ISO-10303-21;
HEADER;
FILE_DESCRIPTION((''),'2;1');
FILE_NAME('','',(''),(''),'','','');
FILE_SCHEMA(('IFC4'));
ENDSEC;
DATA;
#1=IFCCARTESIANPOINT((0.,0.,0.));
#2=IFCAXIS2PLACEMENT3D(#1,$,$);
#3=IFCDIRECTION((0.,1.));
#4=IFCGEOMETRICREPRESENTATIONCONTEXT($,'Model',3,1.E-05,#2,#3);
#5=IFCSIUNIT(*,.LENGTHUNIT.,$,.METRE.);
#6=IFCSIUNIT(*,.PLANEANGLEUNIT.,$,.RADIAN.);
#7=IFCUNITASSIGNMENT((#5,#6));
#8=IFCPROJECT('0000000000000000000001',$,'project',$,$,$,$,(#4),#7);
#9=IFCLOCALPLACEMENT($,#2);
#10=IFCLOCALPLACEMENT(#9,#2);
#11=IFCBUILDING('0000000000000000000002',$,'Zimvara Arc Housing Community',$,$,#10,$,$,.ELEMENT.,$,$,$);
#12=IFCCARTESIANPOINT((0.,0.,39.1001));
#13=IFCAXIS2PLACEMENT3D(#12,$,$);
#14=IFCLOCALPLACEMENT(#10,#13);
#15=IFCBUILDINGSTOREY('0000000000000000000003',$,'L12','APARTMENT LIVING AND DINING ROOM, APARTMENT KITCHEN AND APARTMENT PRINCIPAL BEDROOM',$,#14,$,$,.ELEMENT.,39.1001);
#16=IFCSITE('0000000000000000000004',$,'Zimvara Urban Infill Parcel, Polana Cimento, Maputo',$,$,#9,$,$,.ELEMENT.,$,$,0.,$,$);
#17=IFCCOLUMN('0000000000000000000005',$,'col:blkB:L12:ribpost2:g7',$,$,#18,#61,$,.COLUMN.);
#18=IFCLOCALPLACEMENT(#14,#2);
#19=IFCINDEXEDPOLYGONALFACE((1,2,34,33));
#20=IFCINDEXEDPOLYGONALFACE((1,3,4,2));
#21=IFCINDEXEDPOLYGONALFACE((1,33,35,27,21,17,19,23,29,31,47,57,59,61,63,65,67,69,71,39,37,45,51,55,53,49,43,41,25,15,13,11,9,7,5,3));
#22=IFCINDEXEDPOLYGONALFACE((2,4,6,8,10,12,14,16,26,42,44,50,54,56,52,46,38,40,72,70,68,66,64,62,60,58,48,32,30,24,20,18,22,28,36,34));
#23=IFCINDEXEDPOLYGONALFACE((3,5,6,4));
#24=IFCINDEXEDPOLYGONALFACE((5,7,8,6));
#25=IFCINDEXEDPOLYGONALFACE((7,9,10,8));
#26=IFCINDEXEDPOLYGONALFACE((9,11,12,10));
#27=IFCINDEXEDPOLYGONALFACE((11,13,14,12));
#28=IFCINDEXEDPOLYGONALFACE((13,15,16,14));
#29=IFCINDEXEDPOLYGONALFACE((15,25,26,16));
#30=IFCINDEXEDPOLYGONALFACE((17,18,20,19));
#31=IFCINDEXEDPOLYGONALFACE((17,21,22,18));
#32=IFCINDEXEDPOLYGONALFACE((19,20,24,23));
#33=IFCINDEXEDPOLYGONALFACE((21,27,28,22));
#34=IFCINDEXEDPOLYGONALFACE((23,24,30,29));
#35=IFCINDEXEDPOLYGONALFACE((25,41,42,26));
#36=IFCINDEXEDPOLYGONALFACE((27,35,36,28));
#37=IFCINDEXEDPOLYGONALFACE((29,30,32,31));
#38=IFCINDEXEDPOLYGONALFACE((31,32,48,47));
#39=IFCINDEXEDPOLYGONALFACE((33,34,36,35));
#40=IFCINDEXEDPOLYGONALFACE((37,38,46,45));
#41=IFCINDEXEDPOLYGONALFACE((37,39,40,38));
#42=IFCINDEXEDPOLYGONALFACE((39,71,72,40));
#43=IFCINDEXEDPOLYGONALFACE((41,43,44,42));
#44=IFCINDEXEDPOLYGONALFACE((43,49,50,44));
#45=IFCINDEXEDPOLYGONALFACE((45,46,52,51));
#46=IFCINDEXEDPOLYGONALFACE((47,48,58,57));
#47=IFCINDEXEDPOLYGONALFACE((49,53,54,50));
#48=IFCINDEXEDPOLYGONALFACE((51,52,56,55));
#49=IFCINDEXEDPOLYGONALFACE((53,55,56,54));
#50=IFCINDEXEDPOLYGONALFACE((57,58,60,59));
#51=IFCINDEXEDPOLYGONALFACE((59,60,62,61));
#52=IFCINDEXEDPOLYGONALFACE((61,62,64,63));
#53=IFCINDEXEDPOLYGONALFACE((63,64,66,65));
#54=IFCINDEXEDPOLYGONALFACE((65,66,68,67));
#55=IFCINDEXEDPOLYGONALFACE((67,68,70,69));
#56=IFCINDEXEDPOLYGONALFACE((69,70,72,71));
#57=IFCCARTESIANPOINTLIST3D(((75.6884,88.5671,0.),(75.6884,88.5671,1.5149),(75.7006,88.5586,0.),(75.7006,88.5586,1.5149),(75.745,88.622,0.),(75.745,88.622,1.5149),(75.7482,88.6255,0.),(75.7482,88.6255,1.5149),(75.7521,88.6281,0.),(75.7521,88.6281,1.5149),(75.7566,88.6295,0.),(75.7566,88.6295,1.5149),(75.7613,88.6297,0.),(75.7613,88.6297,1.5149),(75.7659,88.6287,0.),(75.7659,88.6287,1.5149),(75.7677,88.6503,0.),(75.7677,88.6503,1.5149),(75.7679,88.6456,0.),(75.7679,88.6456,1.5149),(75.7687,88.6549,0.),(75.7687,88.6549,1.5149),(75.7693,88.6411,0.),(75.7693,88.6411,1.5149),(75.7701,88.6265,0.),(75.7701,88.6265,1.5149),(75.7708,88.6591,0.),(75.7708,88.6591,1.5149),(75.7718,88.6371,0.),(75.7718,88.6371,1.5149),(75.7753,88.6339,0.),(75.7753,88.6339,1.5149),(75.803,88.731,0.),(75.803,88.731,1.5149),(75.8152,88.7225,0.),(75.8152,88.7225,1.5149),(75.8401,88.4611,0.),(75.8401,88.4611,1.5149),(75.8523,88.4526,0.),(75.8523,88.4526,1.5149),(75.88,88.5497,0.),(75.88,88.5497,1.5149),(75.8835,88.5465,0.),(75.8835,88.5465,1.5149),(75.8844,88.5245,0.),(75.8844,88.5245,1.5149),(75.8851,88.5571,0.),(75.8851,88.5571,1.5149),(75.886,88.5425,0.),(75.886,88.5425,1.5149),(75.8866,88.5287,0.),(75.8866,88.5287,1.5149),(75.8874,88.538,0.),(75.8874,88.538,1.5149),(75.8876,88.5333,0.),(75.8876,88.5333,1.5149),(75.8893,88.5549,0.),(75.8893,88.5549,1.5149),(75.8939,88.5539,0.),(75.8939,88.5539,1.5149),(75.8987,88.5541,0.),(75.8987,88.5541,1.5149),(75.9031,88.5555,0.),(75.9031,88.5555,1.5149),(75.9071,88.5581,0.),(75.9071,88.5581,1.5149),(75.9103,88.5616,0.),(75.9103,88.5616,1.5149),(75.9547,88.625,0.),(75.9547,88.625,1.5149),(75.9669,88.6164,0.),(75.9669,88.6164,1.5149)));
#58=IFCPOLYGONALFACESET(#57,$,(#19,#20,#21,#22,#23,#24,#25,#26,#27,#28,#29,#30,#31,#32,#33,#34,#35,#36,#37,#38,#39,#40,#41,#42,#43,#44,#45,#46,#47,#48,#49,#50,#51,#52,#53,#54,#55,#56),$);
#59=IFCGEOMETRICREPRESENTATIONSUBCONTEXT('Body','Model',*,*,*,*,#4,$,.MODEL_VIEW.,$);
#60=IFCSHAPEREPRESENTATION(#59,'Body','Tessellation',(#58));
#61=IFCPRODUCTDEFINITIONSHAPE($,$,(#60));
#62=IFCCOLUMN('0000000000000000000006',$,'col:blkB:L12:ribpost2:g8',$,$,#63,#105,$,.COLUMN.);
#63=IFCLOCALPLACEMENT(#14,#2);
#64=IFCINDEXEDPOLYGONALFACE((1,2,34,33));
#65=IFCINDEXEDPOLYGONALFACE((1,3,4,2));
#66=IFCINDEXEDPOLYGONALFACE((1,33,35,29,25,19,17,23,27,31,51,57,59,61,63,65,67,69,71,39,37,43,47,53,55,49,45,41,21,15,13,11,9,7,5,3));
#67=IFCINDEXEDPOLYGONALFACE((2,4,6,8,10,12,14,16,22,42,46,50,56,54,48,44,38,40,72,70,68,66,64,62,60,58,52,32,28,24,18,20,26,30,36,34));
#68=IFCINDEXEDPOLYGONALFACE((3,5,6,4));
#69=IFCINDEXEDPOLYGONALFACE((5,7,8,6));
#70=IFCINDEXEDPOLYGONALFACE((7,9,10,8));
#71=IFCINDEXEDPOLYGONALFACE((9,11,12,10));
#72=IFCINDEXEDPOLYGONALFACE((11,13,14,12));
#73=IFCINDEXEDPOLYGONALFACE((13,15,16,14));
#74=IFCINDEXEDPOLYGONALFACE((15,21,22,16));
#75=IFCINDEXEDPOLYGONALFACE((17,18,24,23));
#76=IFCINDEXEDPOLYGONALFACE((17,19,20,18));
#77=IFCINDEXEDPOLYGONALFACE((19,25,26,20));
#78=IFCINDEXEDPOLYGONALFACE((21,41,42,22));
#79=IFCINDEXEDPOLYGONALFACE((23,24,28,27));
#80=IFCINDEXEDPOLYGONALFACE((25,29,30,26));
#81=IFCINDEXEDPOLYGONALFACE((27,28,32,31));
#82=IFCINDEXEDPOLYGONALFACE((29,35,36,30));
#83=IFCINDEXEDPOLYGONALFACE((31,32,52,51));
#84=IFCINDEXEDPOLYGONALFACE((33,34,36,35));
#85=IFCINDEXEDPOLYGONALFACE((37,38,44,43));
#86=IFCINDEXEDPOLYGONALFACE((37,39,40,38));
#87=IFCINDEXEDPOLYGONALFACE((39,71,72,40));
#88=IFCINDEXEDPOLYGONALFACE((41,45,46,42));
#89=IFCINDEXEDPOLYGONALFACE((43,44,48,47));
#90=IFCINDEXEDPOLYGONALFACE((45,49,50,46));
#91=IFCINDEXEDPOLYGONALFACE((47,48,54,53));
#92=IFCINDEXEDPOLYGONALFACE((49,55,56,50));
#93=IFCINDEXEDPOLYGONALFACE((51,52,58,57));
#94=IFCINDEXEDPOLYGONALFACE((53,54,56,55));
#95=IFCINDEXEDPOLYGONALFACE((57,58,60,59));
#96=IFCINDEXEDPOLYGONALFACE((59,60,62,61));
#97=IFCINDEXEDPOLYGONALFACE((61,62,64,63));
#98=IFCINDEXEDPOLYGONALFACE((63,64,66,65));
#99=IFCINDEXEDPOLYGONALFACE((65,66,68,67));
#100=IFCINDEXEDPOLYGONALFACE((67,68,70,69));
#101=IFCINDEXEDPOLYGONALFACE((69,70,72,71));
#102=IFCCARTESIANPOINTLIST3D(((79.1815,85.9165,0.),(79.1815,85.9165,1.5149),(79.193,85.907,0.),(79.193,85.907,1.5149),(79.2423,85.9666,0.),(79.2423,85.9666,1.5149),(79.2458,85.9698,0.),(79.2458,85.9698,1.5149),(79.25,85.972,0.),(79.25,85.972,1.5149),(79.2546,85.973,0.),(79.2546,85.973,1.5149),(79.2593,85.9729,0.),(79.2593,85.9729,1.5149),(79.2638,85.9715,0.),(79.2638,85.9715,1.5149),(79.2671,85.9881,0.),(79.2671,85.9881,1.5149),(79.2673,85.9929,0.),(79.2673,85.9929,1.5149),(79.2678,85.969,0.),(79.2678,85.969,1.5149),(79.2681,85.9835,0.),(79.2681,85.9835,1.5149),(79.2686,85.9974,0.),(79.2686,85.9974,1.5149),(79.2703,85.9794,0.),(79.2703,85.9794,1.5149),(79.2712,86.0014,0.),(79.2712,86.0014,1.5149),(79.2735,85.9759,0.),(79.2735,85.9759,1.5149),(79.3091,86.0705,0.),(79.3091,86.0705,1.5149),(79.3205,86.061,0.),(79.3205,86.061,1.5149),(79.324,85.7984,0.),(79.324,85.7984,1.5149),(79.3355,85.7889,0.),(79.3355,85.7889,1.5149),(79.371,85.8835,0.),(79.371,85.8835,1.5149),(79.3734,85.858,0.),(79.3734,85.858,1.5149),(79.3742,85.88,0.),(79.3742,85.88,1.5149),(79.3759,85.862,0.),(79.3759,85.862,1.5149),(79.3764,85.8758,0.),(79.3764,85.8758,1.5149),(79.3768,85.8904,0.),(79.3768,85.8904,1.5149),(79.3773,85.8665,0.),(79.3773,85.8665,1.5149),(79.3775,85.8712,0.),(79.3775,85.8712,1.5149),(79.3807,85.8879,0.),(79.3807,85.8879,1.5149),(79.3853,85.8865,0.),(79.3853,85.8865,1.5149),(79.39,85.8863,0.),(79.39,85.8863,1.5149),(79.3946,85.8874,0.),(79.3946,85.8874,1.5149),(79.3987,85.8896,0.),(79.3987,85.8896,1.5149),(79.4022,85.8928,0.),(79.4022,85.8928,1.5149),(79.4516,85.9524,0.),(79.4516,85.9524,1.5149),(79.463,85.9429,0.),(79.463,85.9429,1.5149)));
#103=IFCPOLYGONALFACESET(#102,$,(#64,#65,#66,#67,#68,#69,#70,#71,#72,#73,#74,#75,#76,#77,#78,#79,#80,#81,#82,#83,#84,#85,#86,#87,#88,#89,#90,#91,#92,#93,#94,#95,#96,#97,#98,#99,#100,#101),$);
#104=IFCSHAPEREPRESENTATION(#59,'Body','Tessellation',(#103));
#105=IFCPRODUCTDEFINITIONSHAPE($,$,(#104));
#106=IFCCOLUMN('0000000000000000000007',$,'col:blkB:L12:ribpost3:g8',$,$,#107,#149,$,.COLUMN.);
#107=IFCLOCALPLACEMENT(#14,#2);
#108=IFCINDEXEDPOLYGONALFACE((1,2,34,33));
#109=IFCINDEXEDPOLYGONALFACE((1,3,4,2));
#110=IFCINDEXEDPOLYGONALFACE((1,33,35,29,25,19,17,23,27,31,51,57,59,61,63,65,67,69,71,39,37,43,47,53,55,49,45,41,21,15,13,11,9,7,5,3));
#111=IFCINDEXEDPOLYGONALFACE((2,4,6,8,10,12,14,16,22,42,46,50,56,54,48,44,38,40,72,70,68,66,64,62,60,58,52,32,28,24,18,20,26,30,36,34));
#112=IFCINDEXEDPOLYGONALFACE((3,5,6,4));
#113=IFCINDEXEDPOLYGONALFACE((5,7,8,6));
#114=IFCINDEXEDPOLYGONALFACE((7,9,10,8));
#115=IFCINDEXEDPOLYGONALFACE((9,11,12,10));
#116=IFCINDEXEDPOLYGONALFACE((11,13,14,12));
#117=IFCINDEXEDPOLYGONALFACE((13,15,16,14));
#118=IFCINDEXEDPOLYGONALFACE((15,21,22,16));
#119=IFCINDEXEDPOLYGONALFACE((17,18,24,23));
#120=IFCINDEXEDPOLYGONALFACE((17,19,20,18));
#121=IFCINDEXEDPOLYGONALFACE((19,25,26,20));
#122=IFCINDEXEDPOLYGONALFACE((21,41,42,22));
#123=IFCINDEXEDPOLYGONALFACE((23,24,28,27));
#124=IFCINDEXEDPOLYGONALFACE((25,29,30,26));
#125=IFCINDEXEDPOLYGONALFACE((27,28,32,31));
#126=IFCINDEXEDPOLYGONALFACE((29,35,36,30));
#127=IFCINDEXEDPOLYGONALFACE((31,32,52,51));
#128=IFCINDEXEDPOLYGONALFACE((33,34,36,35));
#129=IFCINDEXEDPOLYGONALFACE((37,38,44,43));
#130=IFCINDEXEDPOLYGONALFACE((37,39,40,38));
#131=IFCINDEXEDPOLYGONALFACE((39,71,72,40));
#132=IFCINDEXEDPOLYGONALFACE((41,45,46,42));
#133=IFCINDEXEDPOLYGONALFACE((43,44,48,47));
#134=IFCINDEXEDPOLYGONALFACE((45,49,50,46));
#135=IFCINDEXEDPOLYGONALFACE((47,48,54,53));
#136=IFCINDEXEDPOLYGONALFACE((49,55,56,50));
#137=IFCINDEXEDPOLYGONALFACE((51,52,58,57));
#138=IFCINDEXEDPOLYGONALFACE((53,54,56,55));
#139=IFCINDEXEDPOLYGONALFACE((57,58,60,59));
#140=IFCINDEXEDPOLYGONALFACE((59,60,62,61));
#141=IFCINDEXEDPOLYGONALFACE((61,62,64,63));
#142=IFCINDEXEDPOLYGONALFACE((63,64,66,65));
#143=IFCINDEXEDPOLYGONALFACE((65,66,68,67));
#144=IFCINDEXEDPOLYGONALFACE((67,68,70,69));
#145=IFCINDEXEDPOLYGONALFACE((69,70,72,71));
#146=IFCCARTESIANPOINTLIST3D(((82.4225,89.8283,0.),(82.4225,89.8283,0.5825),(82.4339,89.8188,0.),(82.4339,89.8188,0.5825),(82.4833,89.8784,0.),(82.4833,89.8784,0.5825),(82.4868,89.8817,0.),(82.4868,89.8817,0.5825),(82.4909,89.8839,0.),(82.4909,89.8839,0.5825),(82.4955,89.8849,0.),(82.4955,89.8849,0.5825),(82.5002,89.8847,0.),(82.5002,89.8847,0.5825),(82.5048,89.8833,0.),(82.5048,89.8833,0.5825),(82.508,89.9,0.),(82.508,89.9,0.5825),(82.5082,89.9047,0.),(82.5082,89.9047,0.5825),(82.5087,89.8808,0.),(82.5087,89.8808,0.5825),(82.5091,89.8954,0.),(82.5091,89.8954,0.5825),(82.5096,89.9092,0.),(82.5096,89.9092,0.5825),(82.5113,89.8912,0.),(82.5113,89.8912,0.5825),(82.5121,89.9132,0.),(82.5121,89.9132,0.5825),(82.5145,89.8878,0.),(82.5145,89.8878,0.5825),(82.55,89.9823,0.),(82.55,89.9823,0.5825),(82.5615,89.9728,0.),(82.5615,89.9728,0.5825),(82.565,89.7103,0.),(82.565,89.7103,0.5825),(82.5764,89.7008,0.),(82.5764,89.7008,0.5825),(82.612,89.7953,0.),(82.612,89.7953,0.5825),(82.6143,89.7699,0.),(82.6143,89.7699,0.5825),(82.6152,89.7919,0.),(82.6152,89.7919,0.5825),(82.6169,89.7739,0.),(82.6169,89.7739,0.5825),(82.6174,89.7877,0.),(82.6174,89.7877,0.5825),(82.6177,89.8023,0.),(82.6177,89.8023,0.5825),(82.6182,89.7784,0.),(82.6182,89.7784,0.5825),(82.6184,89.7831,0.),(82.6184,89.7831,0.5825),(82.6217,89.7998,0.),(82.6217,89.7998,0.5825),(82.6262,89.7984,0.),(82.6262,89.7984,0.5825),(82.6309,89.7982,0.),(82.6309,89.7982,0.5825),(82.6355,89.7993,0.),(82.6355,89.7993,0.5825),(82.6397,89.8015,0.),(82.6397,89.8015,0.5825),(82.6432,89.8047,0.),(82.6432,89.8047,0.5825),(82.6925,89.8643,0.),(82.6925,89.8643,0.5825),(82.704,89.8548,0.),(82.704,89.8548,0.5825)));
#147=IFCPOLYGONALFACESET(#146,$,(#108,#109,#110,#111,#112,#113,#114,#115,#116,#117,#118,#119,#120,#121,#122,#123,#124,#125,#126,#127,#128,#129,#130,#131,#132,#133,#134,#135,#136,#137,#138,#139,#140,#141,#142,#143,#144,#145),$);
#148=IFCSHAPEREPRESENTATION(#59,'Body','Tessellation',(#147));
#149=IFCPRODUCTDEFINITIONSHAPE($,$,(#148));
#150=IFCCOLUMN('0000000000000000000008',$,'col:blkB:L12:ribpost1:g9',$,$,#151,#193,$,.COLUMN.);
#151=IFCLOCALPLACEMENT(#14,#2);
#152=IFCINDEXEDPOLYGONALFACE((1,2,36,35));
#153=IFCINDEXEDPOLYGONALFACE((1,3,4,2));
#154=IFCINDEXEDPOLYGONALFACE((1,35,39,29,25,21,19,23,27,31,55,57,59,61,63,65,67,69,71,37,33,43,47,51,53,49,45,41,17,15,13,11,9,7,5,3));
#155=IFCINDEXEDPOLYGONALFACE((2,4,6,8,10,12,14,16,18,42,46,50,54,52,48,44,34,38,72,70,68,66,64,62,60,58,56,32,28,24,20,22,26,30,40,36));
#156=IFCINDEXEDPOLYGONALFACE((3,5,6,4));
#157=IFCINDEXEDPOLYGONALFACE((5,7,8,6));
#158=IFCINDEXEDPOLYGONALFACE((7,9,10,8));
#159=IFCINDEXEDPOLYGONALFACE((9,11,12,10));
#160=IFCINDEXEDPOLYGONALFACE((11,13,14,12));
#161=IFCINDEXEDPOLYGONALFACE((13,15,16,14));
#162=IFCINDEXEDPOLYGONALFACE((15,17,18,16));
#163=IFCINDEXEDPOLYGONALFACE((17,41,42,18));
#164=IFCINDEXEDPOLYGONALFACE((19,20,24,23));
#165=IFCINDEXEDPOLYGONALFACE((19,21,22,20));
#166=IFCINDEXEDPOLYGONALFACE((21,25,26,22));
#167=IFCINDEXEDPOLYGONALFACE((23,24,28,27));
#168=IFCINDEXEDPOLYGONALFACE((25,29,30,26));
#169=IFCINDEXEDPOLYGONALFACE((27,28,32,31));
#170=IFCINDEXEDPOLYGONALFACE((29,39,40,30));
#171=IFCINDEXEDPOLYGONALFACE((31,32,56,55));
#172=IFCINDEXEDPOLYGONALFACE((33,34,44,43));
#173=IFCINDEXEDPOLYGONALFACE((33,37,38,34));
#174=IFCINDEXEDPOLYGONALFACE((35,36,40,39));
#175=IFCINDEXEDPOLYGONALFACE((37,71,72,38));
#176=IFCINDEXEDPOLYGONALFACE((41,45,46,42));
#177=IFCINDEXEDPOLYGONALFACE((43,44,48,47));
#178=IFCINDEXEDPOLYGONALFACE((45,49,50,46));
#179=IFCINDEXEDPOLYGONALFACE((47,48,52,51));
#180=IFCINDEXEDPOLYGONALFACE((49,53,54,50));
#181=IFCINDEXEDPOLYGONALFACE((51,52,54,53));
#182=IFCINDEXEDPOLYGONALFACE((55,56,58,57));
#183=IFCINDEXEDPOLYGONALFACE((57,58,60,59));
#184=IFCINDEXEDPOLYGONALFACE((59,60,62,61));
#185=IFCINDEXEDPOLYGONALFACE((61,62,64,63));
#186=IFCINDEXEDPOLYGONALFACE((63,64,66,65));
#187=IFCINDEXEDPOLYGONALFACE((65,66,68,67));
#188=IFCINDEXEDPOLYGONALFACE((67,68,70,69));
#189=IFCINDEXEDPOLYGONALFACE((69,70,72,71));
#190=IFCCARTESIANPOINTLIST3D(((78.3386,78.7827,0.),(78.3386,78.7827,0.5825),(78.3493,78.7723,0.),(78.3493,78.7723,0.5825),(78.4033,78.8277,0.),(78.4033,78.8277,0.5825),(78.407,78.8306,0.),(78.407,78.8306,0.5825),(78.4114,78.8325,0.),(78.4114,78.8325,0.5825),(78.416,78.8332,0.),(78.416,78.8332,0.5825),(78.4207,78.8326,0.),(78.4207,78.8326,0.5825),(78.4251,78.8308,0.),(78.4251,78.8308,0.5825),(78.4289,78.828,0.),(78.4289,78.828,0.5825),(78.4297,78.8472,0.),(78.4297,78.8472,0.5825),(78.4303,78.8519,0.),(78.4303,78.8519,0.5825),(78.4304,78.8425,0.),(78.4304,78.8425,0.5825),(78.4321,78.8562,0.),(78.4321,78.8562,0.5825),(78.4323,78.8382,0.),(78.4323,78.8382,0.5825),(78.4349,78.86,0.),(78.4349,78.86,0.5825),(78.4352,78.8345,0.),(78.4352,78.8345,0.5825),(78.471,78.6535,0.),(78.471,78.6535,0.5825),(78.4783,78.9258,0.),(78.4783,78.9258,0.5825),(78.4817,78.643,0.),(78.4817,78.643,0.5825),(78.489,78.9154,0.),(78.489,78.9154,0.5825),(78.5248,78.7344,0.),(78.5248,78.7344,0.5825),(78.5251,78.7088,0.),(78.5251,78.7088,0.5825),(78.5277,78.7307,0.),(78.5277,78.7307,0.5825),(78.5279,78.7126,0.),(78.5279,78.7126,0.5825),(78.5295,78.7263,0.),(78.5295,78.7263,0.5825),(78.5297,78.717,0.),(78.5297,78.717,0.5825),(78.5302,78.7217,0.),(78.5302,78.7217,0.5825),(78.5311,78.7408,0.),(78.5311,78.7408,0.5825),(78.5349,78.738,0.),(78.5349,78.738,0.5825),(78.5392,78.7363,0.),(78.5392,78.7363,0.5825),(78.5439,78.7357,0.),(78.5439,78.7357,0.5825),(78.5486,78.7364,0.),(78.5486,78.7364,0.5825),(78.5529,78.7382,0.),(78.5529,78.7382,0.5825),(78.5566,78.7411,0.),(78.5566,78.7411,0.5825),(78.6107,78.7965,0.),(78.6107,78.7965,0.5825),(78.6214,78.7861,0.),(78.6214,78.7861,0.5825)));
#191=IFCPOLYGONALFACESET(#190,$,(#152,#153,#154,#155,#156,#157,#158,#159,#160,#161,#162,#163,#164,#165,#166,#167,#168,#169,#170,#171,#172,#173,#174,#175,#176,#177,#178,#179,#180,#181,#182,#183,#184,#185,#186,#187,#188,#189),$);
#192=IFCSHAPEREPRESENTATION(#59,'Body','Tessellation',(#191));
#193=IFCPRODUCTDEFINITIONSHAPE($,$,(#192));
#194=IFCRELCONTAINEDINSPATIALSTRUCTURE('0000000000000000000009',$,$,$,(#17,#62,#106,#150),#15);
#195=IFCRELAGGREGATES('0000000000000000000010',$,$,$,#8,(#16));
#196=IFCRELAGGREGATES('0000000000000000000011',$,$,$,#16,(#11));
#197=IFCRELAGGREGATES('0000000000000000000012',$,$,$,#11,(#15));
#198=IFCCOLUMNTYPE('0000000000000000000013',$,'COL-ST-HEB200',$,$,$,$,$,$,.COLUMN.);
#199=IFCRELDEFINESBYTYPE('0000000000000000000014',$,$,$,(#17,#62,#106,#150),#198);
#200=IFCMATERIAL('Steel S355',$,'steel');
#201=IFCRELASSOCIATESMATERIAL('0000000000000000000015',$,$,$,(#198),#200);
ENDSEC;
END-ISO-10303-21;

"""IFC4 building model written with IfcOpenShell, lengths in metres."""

from ifc_helpers import new_model, si_unit, direction, frame, origin, origin_2d, place, context, subcontext, project, spatial, i_section, extrude, material, material_profile, profile_set, type_object, element, save


model = new_model("IFC4")

# Units and contexts
model_context = context("Model", 3, precision=1e-05, world=origin(), true_north=direction((0.0, 1.0)))
body_context = subcontext(model_context, "Body", "Model", "MODEL_VIEW")
ifc_project = project(units=[si_unit("LENGTHUNIT", "METRE"), si_unit("PLANEANGLEUNIT", "RADIAN")], contexts=[model_context])

# Site, building, storey
site_placement = place(None, origin())
site = spatial("IfcSite", under=ifc_project, at=site_placement, Name="Zimvara Urban Infill Parcel, Polana Cimento, Maputo", CompositionType="ELEMENT", RefElevation=0.0)
building_placement = place(site_placement, origin())
building = spatial("IfcBuilding", under=site, at=building_placement, Name="Zimvara Arc Housing Community", CompositionType="ELEMENT")
storey_placement = place(building_placement, frame((0.0, 0.0, 39.1001)))
storey = spatial("IfcBuildingStorey", under=building, at=storey_placement, Name="L12", Description="APARTMENT LIVING AND DINING ROOM, APARTMENT KITCHEN AND APARTMENT PRINCIPAL BEDROOM", CompositionType="ELEMENT", Elevation=39.1001)

# Columns
ifc_material_1 = material(Name="Steel S355", Category="steel")
ifc_material_profile_1 = material_profile(ifc_material_1, i_section(OverallWidth=0.2, OverallDepth=0.2, WebThickness=0.009, FlangeThickness=0.0149, FilletRadius=0.0181, at=origin_2d()), Name="HEB 200")
ifc_profile_set_1 = profile_set([ifc_material_profile_1], Name="Steel S355")
column_type = type_object("IfcColumnType", Name="COL-ST-HEB200", PredefinedType="COLUMN", material=ifc_profile_set_1)
for number, where, z_axis, x_axis, name in (
    (1, (75.8276, 88.5918, 0.0), (0.0, 0.0, 1.0), (0.573004, 0.819552, 0.0), "col:blkB:L12:ribpost2:g7"),
    (2, (79.3223, 85.9297, 0.0), (0.0, 0.0, 1.0), (0.637962, 0.770068, 0.0), "col:blkB:L12:ribpost2:g8"),
):
    element("IfcColumn", number, at=place(storey_placement, frame(where, z_axis=z_axis, x_axis=x_axis)), inside=storey, type_object=column_type, Name=name, PredefinedType="COLUMN", context=body_context, shape_type="SweptSolid", body=[
        extrude(i_section(OverallWidth=0.2, OverallDepth=0.2, WebThickness=0.009, FlangeThickness=0.0149, FilletRadius=0.0181, at=origin_2d()), origin(), (0.0, 0.0, 1.0), 1.5149),
    ])
for number, where, z_axis, x_axis, name in (
    (3, (82.5632, 89.8416, 0.0), (0.0, 0.0, 1.0), (0.637962, 0.770068, 0.0), "col:blkB:L12:ribpost3:g8"),
    (4, (78.48, 78.7844, 0.0), (0.0, 0.0, 1.0), (0.698665, 0.715449, 0.0), "col:blkB:L12:ribpost1:g9"),
):
    element("IfcColumn", number, at=place(storey_placement, frame(where, z_axis=z_axis, x_axis=x_axis)), inside=storey, type_object=column_type, Name=name, PredefinedType="COLUMN", context=body_context, shape_type="SweptSolid", body=[
        extrude(i_section(OverallWidth=0.2, OverallDepth=0.2, WebThickness=0.009, FlangeThickness=0.0149, FilletRadius=0.0181, at=origin_2d()), origin(), (0.0, 0.0, 1.0), 0.5825),
    ])

save(model, "model.ifc")
